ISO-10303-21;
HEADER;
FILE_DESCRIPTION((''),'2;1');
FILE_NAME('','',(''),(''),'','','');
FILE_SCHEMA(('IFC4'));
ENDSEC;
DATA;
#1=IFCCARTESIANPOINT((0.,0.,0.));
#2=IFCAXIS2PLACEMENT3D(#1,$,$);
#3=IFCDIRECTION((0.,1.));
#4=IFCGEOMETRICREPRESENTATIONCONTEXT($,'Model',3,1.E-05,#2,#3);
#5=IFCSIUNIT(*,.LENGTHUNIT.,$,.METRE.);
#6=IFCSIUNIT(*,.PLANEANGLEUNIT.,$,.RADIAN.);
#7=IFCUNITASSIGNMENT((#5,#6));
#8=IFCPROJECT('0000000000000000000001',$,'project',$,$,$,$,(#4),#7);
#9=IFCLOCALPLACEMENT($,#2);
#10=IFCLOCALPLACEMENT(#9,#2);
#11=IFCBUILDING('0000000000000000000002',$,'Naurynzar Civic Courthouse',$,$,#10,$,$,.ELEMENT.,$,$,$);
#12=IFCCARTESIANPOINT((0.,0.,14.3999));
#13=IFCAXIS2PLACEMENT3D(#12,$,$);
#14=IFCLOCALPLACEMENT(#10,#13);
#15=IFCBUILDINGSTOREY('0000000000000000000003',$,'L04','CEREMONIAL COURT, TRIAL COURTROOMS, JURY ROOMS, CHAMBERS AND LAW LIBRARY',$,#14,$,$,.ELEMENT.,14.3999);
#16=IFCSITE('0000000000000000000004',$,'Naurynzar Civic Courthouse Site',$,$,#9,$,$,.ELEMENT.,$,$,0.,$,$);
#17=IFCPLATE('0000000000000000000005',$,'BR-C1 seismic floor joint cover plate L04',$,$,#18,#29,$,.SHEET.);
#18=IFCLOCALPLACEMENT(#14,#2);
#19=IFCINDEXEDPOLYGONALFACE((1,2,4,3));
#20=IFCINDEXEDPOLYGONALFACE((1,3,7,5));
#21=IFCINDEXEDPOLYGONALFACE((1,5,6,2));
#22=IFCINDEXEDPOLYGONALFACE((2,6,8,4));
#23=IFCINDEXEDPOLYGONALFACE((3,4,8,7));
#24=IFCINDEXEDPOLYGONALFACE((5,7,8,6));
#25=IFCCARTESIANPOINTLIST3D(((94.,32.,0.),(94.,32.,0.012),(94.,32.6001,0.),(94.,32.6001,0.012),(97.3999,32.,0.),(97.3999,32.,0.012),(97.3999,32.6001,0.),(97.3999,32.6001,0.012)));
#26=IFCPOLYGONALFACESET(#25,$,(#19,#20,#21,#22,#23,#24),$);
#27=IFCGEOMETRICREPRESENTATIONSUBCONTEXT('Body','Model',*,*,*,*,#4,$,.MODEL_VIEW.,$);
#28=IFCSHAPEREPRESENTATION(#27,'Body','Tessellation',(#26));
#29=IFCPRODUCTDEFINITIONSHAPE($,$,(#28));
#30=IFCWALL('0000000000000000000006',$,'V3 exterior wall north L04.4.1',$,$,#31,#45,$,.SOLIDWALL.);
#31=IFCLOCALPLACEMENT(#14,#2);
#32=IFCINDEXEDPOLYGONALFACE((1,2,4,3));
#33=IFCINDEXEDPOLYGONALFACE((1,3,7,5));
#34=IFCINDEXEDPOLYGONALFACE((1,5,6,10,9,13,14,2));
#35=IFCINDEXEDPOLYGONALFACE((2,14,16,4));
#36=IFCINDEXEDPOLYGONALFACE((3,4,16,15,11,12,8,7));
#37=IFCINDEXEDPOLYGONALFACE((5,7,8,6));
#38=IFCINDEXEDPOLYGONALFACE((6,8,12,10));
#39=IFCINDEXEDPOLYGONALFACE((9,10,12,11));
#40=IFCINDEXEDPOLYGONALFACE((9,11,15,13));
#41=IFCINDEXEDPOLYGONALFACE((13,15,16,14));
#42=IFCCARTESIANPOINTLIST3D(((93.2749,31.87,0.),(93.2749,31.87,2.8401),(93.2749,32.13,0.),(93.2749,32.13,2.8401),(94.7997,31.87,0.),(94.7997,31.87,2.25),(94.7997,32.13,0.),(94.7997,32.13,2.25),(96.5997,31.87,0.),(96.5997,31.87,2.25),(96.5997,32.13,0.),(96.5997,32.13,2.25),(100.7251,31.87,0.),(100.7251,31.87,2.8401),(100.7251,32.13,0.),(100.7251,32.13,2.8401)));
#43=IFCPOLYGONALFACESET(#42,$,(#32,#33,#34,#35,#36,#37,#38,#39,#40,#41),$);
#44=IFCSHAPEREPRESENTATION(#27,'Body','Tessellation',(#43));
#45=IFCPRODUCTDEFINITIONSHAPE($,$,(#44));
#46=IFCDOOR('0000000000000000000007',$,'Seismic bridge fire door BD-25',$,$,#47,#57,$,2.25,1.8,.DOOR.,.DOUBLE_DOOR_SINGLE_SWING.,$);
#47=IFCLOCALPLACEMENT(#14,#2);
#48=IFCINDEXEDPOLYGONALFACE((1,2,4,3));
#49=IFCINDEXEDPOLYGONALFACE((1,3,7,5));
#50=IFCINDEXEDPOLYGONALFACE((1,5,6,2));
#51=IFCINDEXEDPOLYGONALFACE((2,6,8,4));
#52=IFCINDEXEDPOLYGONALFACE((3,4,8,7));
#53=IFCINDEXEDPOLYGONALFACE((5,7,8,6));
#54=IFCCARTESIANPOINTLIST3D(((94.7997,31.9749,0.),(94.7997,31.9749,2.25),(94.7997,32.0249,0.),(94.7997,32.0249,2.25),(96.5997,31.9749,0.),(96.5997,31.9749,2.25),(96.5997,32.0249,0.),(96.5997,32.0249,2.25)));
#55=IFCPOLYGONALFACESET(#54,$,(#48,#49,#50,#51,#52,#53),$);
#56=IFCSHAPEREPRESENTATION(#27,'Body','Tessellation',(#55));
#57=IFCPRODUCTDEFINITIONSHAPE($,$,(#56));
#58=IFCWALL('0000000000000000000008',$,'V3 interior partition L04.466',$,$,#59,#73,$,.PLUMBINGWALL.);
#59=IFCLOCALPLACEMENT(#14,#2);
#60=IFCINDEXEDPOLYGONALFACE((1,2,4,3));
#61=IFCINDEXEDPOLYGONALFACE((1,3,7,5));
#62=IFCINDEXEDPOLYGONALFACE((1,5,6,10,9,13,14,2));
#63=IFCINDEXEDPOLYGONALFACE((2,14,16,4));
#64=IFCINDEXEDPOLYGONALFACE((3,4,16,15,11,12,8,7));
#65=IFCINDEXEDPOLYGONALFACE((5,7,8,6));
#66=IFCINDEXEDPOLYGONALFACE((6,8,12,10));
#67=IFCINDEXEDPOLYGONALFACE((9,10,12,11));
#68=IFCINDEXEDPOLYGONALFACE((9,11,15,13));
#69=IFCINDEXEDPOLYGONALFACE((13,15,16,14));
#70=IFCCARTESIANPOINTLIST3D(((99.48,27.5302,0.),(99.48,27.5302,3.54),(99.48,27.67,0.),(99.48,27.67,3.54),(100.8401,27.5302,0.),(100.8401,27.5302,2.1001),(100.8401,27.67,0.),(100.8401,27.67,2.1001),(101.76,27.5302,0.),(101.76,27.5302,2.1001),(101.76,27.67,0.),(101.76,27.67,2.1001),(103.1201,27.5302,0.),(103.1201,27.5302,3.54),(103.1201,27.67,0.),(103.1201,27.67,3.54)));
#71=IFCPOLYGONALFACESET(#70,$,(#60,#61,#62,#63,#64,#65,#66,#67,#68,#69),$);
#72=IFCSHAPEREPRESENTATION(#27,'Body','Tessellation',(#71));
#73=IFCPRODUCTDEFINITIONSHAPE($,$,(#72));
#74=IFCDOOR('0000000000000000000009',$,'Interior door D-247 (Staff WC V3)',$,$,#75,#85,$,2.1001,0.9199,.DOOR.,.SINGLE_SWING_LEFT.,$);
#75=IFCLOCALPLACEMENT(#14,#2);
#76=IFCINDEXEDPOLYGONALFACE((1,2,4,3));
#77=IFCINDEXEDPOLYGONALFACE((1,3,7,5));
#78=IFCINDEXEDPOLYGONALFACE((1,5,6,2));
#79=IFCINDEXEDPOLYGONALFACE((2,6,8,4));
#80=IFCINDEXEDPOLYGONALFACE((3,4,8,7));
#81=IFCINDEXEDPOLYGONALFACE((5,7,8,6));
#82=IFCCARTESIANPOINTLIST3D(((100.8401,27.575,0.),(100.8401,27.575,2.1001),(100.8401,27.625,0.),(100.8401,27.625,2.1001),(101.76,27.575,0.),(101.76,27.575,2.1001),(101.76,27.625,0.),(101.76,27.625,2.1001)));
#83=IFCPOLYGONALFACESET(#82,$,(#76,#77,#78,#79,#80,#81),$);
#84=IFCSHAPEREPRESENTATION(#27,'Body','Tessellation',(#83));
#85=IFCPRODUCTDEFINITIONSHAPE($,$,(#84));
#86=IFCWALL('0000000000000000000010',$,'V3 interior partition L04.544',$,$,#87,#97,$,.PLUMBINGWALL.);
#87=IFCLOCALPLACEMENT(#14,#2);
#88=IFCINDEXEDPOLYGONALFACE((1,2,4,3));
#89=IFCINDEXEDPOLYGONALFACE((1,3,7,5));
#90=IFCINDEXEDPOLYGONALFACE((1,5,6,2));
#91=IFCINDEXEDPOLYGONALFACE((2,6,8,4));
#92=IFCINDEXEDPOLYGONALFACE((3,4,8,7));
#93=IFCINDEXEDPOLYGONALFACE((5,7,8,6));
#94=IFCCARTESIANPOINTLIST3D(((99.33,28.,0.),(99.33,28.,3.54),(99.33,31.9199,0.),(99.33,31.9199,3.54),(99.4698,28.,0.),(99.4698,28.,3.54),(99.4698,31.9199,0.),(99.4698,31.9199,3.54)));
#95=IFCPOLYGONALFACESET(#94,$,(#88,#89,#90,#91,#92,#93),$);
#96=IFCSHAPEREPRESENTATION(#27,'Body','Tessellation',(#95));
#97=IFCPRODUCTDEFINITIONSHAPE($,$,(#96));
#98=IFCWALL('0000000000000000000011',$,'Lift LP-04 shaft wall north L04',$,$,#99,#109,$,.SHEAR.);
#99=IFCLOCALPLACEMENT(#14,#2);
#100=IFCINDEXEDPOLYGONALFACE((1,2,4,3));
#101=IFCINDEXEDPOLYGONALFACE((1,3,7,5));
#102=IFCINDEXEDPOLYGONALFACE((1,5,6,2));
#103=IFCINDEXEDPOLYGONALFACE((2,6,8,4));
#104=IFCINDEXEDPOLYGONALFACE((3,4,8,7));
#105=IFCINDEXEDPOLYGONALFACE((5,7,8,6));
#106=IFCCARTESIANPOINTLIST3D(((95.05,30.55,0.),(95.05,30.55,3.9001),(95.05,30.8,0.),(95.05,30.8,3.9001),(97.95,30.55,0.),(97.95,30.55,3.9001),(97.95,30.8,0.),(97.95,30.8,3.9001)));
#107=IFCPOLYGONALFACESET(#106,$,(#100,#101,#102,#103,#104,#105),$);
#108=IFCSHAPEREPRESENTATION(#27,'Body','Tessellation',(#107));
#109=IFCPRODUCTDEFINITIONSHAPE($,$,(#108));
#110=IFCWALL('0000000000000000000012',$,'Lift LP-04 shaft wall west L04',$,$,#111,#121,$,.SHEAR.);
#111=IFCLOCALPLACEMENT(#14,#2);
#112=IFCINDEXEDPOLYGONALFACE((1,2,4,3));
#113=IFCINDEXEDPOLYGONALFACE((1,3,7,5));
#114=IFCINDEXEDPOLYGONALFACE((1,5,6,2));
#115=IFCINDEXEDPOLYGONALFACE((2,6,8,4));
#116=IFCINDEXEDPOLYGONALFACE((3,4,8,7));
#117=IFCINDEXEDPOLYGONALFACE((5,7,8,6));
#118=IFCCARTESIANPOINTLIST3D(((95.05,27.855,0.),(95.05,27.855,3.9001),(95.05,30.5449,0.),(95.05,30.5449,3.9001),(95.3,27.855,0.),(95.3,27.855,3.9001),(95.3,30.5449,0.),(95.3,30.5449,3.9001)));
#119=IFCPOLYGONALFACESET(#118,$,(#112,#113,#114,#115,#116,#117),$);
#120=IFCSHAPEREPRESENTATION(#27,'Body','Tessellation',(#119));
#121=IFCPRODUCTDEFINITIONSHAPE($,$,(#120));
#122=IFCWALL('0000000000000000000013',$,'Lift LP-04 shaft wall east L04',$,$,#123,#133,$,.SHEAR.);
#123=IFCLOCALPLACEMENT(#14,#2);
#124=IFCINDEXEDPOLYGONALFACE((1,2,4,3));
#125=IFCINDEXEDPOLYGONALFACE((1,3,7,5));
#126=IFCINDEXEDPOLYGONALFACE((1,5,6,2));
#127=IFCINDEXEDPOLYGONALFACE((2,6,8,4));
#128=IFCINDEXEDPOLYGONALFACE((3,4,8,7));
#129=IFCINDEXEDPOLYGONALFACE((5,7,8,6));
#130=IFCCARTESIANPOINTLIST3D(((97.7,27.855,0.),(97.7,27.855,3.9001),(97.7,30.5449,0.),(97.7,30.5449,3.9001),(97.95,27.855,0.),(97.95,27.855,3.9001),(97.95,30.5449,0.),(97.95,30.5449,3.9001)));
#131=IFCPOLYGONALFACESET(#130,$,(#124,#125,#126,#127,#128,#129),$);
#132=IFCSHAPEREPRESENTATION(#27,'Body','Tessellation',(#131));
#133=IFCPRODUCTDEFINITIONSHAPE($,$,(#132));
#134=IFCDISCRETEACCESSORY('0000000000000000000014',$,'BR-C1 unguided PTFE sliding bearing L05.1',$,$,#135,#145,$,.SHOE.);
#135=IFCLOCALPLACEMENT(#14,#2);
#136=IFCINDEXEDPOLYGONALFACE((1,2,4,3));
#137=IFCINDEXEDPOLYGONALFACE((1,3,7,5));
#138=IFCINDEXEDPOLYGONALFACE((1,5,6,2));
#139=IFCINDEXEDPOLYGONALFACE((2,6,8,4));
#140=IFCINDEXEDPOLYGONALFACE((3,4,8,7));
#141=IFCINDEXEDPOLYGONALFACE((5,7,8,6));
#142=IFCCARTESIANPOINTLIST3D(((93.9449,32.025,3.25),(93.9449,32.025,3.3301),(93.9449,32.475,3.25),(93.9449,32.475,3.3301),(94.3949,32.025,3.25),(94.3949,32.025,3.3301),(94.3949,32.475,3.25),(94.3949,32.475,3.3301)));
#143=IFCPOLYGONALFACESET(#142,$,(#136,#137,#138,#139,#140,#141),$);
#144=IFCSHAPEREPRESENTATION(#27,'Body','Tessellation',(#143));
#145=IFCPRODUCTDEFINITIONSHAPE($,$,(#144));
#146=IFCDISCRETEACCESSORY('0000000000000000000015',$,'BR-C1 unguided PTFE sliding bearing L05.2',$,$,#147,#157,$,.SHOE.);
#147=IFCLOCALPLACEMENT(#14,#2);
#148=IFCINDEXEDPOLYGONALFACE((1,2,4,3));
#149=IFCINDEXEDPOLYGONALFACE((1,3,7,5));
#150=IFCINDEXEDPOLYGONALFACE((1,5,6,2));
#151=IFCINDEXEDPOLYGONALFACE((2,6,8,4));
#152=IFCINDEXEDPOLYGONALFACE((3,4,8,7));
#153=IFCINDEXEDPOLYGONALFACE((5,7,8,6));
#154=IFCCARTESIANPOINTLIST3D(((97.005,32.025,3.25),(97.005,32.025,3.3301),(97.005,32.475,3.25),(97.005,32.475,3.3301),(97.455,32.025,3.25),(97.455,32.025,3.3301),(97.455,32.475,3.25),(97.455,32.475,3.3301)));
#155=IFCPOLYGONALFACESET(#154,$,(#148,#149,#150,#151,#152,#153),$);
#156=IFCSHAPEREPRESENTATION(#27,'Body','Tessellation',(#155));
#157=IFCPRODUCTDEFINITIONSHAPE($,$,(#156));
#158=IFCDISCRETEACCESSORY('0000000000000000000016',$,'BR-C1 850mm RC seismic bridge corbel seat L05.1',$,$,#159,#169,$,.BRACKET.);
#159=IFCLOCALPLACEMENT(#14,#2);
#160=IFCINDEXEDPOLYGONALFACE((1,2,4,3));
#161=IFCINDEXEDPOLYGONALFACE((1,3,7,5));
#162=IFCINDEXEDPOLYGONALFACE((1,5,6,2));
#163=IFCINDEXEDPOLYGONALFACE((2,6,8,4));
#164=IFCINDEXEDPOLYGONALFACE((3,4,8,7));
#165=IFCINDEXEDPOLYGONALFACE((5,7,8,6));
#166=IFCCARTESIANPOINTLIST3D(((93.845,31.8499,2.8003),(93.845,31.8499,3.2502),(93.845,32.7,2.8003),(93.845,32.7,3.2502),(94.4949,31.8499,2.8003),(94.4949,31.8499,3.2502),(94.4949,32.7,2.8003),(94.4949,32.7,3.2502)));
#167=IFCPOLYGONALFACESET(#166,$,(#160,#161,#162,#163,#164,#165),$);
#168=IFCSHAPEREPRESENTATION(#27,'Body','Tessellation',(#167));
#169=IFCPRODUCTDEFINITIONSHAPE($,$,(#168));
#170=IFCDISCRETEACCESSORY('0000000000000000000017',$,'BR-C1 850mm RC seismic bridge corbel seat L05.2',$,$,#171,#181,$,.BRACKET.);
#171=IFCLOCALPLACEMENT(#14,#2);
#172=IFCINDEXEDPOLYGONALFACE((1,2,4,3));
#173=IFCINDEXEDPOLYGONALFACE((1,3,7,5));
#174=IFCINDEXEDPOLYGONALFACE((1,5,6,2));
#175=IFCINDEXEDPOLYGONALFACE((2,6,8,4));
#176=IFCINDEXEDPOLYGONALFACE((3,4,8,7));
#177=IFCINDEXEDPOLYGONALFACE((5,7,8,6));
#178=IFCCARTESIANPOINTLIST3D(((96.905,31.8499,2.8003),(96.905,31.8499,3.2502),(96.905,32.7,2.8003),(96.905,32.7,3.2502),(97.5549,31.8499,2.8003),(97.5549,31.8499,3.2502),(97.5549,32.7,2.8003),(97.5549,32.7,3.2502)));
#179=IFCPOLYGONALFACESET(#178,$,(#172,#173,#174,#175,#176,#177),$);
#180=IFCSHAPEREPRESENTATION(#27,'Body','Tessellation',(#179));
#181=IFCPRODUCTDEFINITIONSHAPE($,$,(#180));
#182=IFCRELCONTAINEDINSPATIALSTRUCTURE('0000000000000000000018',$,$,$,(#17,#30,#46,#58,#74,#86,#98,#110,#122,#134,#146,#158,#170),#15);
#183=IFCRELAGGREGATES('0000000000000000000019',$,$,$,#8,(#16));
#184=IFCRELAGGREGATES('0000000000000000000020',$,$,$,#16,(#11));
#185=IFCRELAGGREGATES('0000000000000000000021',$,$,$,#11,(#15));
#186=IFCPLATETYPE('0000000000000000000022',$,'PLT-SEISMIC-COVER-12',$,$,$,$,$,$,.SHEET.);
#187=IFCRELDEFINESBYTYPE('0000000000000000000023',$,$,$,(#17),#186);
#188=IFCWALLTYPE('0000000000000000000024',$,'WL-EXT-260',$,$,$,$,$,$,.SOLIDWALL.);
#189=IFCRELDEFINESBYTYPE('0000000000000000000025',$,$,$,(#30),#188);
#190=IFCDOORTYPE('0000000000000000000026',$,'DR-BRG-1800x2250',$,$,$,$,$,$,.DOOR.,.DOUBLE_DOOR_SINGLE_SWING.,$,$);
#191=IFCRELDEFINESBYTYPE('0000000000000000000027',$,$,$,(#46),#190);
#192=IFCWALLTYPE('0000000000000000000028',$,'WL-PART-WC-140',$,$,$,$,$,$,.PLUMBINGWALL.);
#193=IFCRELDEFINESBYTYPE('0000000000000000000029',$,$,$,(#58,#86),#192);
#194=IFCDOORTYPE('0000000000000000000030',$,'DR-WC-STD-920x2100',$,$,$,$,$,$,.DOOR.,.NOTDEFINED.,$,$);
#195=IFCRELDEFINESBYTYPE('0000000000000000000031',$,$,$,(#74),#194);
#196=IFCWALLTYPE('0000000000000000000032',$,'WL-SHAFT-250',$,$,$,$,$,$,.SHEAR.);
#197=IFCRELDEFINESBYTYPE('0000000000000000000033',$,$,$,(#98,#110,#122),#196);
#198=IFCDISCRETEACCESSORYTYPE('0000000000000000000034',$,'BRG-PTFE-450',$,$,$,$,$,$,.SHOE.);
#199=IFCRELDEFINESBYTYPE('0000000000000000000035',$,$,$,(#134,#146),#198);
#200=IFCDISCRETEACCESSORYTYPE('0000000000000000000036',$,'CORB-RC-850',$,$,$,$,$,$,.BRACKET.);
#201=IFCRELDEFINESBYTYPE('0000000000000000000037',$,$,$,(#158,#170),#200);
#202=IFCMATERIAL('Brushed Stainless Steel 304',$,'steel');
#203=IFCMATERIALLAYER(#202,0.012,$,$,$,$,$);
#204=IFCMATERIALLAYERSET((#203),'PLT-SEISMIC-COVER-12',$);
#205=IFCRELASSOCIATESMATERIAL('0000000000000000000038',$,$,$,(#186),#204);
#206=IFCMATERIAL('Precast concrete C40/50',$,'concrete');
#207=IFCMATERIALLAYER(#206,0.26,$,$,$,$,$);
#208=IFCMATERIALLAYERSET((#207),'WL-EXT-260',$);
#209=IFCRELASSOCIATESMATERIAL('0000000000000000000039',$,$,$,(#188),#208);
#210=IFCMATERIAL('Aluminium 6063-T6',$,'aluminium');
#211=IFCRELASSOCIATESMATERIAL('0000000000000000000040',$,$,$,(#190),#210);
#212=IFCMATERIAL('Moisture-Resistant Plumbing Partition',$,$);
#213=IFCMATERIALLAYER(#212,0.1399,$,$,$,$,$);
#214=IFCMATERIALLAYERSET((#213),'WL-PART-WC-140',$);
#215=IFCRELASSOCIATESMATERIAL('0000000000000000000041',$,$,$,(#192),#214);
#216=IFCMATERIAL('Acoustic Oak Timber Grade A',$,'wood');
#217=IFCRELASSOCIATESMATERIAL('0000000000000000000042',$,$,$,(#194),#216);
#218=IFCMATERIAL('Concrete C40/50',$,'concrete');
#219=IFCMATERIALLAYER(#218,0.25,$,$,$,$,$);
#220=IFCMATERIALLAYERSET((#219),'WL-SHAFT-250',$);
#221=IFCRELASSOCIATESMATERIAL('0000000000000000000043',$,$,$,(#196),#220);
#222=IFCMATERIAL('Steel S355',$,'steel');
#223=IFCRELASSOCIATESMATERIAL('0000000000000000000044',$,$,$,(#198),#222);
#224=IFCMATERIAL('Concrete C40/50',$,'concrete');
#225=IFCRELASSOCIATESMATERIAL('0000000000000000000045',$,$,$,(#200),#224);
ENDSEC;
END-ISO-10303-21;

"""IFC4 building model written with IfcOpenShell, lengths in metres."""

from ifc_helpers import new_model, si_unit, direction, frame, frame_2d, origin, origin_2d, place, context, subcontext, project, spatial, rectangle, extrude, material, layer, layer_set, type_object, element, fill, save


model = new_model("IFC4")

# Units and contexts
model_context = context("Model", 3, precision=1e-05, world=origin(), true_north=direction((0.0, 1.0)))
body_context = subcontext(model_context, "Body", "Model", "MODEL_VIEW")
ifc_project = project(units=[si_unit("LENGTHUNIT", "METRE"), si_unit("PLANEANGLEUNIT", "RADIAN")], contexts=[model_context])

# Site, building, storey
site_placement = place(None, origin())
site = spatial("IfcSite", under=ifc_project, at=site_placement, Name="Naurynzar Civic Courthouse Site", CompositionType="ELEMENT", RefElevation=0.0)
building_placement = place(site_placement, origin())
building = spatial("IfcBuilding", under=site, at=building_placement, Name="Naurynzar Civic Courthouse", CompositionType="ELEMENT")
storey_placement = place(building_placement, frame((0.0, 0.0, 14.3999)))
storey = spatial("IfcBuildingStorey", under=building, at=storey_placement, Name="L04", Description="CEREMONIAL COURT, TRIAL COURTROOMS, JURY ROOMS, CHAMBERS AND LAW LIBRARY", CompositionType="ELEMENT", Elevation=14.3999)

# Plate
ifc_material_1 = material(Name="Brushed Stainless Steel 304", Category="steel")
ifc_layer_1 = layer(ifc_material_1, 0.012)
ifc_layer_set_1 = layer_set([ifc_layer_1], Name="PLT-SEISMIC-COVER-12")
plate_type_1 = type_object("IfcPlateType", Name="PLT-SEISMIC-COVER-12", PredefinedType="SHEET", material=ifc_layer_set_1)
plate_1_placement = place(storey_placement, frame((95.7, 32.3, 0.0), z_axis=(0.0, 0.0, 1.0), x_axis=(1.0, 0.0, 0.0)))
element("IfcPlate", 1, at=plate_1_placement, inside=storey, type_object=plate_type_1, Name="BR-C1 seismic floor joint cover plate L04", PredefinedType="SHEET", context=body_context, shape_type="SweptSolid", body=[
    extrude(rectangle(XDim=3.3999, YDim=0.6001, at=origin_2d()), origin(), (0.0, 0.0, 1.0), 0.012),
])

# Walls, openings, doors
ifc_material_2 = material(Name="Precast concrete C40/50", Category="concrete")
ifc_layer_2 = layer(ifc_material_2, 0.26)
ifc_layer_set_2 = layer_set([ifc_layer_2], Name="WL-EXT-260")
wall_type_1 = type_object("IfcWallType", Name="WL-EXT-260", PredefinedType="SOLIDWALL", material=ifc_layer_set_2)
wall_1_placement = place(storey_placement, frame((93.2749, 32.0, 0.0), z_axis=(0.0, 0.0, 1.0), x_axis=(1.0, 0.0, 0.0)))
wall_1 = element("IfcWall", 2, at=wall_1_placement, inside=storey, type_object=wall_type_1, Name="V3 exterior wall north L04.4.1", PredefinedType="SOLIDWALL", context=body_context, shape_type="SweptSolid", body=[
    extrude(rectangle(XDim=7.4502, YDim=0.26, at=frame_2d((3.7251, 0.0))), origin(), (0.0, 0.0, 1.0), 2.8401),
])
opening_1_placement = place(wall_1_placement, frame((1.5249, 0.0, 0.0)))
opening_1 = element("IfcOpeningElement", 3, at=opening_1_placement, cuts=wall_1, PredefinedType="OPENING", context=body_context, shape_type="SweptSolid", body=[
    extrude(rectangle(XDim=1.8, YDim=2.25, at=frame_2d((0.8999, 1.125))), frame((0.0, 0.1399, 0.0), z_axis=(0.0, -1.0, 0.0), x_axis=(1.0, 0.0, 0.0)), (0.0, 0.0, 1.0), 0.28),
])
ifc_material_3 = material(Name="Aluminium 6063-T6", Category="aluminium")
door_type_1 = type_object("IfcDoorType", Name="DR-BRG-1800x2250", OperationType="DOUBLE_DOOR_SINGLE_SWING", PredefinedType="DOOR", material=ifc_material_3)
door_1_placement = place(opening_1_placement, origin())
door_1 = element("IfcDoor", 4, at=door_1_placement, inside=storey, type_object=door_type_1, Name="Seismic bridge fire door BD-25", OperationType="DOUBLE_DOOR_SINGLE_SWING", OverallHeight=2.25, OverallWidth=1.8, PredefinedType="DOOR", context=body_context, shape_type="SweptSolid", body=[
    extrude(rectangle(XDim=1.8, YDim=2.25, at=frame_2d((0.8999, 1.125))), frame((0.0, 0.0249, 0.0), z_axis=(0.0, -1.0, 0.0), x_axis=(1.0, 0.0, 0.0)), (0.0, 0.0, 1.0), 0.05),
])
fill(opening_1, door_1)
ifc_material_4 = material(Name="Moisture-Resistant Plumbing Partition")
ifc_layer_3 = layer(ifc_material_4, 0.1399)
ifc_layer_set_3 = layer_set([ifc_layer_3], Name="WL-PART-WC-140")
wall_type_2 = type_object("IfcWallType", Name="WL-PART-WC-140", PredefinedType="PLUMBINGWALL", material=ifc_layer_set_3)
wall_2_placement = place(storey_placement, frame((99.48, 27.6001, 0.0), z_axis=(0.0, 0.0, 1.0), x_axis=(1.0, 0.0, 0.0)))
wall_2 = element("IfcWall", 5, at=wall_2_placement, inside=storey, type_object=wall_type_2, Name="V3 interior partition L04.466", PredefinedType="PLUMBINGWALL", context=body_context, shape_type="SweptSolid", body=[
    extrude(rectangle(XDim=3.6401, YDim=0.1399, at=frame_2d((1.8201, 0.0))), origin(), (0.0, 0.0, 1.0), 3.54),
])
opening_2_placement = place(wall_2_placement, frame((1.3601, 0.0, 0.0)))
opening_2 = element("IfcOpeningElement", 6, at=opening_2_placement, cuts=wall_2, PredefinedType="OPENING", context=body_context, shape_type="SweptSolid", body=[
    extrude(rectangle(XDim=0.9199, YDim=2.1001, at=frame_2d((0.46, 1.05))), frame((0.0, 0.0798, 0.0), z_axis=(0.0, -1.0, 0.0), x_axis=(1.0, 0.0, 0.0)), (0.0, 0.0, 1.0), 0.1599),
])
ifc_material_5 = material(Name="Acoustic Oak Timber Grade A", Category="wood")
door_type_2 = type_object("IfcDoorType", Name="DR-WC-STD-920x2100", OperationType="NOTDEFINED", PredefinedType="DOOR", material=ifc_material_5)
door_2_placement = place(opening_2_placement, origin())
door_2 = element("IfcDoor", 7, at=door_2_placement, inside=storey, type_object=door_type_2, Name="Interior door D-247 (Staff WC V3)", OperationType="SINGLE_SWING_LEFT", OverallHeight=2.1001, OverallWidth=0.9199, PredefinedType="DOOR", context=body_context, shape_type="SweptSolid", body=[
    extrude(rectangle(XDim=0.9199, YDim=2.1001, at=frame_2d((0.46, 1.05))), frame((0.0, 0.0249, 0.0), z_axis=(0.0, -1.0, 0.0), x_axis=(1.0, 0.0, 0.0)), (0.0, 0.0, 1.0), 0.05),
])
fill(opening_2, door_2)

# Wall
wall_3_placement = place(storey_placement, frame((99.3999, 28.0, 0.0), z_axis=(0.0, 0.0, 1.0), x_axis=(0.0, 1.0, 0.0)))
element("IfcWall", 8, at=wall_3_placement, inside=storey, type_object=wall_type_2, Name="V3 interior partition L04.544", PredefinedType="PLUMBINGWALL", context=body_context, shape_type="SweptSolid", body=[
    extrude(rectangle(XDim=3.9199, YDim=0.1399, at=frame_2d((1.96, 0.0))), origin(), (0.0, 0.0, 1.0), 3.54),
])

# Shared definitions
ifc_material_6 = material(Name="Concrete C40/50", Category="concrete")
ifc_layer_4 = layer(ifc_material_6, 0.25)
ifc_layer_set_4 = layer_set([ifc_layer_4], Name="WL-SHAFT-250")
wall_type_3 = type_object("IfcWallType", Name="WL-SHAFT-250", PredefinedType="SHEAR", material=ifc_layer_set_4)

# Walls
wall_4_placement = place(storey_placement, frame((97.95, 30.675, 0.0), z_axis=(0.0, 0.0, 1.0), x_axis=(-1.0, 0.0, 0.0)))
element("IfcWall", 9, at=wall_4_placement, inside=storey, type_object=wall_type_3, Name="Lift LP-04 shaft wall north L04", PredefinedType="SHEAR", context=body_context, shape_type="SweptSolid", body=[
    extrude(rectangle(XDim=2.8999, YDim=0.25, at=frame_2d((1.45, 0.0))), origin(), (0.0, 0.0, 1.0), 3.9001),
])
for number, where, z_axis, x_axis, name in (
    (10, (95.175, 30.5449, 0.0), (0.0, 0.0, 1.0), (0.0, -1.0, 0.0), "Lift LP-04 shaft wall west L04"),
    (11, (97.825, 27.855, 0.0), (0.0, 0.0, 1.0), (0.0, 1.0, 0.0), "Lift LP-04 shaft wall east L04"),
):
    element("IfcWall", number, at=place(storey_placement, frame(where, z_axis=z_axis, x_axis=x_axis)), inside=storey, type_object=wall_type_3, Name=name, PredefinedType="SHEAR", context=body_context, shape_type="SweptSolid", body=[
        extrude(rectangle(XDim=2.6899, YDim=0.25, at=frame_2d((1.345, 0.0))), origin(), (0.0, 0.0, 1.0), 3.9001),
    ])

# Discrete accessories
ifc_material_7 = material(Name="Steel S355", Category="steel")
discrete_accessory_type_1 = type_object("IfcDiscreteAccessoryType", Name="BRG-PTFE-450", PredefinedType="SHOE", material=ifc_material_7)
for number, where, z_axis, x_axis, name in (
    (12, (94.1699, 32.25, 3.25), (0.0, 0.0, 1.0), (1.0, 0.0, 0.0), "BR-C1 unguided PTFE sliding bearing L05.1"),
    (13, (97.23, 32.25, 3.25), (0.0, 0.0, 1.0), (1.0, 0.0, 0.0), "BR-C1 unguided PTFE sliding bearing L05.2"),
):
    element("IfcDiscreteAccessory", number, at=place(storey_placement, frame(where, z_axis=z_axis, x_axis=x_axis)), inside=storey, type_object=discrete_accessory_type_1, Name=name, PredefinedType="SHOE", context=body_context, shape_type="SweptSolid", body=[
        extrude(rectangle(XDim=0.45, YDim=0.45, at=origin_2d()), origin(), (0.0, 0.0, 1.0), 0.0801),
    ])
ifc_material_8 = material(Name="Concrete C40/50", Category="concrete")
discrete_accessory_type_2 = type_object("IfcDiscreteAccessoryType", Name="CORB-RC-850", PredefinedType="BRACKET", material=ifc_material_8)
for number, where, z_axis, x_axis, name in (
    (14, (94.1699, 32.2749, 2.8003), (0.0, 0.0, 1.0), (1.0, 0.0, 0.0), "BR-C1 850mm RC seismic bridge corbel seat L05.1"),
    (15, (97.23, 32.2749, 2.8003), (0.0, 0.0, 1.0), (1.0, 0.0, 0.0), "BR-C1 850mm RC seismic bridge corbel seat L05.2"),
):
    element("IfcDiscreteAccessory", number, at=place(storey_placement, frame(where, z_axis=z_axis, x_axis=x_axis)), inside=storey, type_object=discrete_accessory_type_2, Name=name, PredefinedType="BRACKET", context=body_context, shape_type="SweptSolid", body=[
        extrude(rectangle(XDim=0.6499, YDim=0.8501, at=origin_2d()), origin(), (0.0, 0.0, 1.0), 0.45),
    ])

save(model, "model.ifc")
